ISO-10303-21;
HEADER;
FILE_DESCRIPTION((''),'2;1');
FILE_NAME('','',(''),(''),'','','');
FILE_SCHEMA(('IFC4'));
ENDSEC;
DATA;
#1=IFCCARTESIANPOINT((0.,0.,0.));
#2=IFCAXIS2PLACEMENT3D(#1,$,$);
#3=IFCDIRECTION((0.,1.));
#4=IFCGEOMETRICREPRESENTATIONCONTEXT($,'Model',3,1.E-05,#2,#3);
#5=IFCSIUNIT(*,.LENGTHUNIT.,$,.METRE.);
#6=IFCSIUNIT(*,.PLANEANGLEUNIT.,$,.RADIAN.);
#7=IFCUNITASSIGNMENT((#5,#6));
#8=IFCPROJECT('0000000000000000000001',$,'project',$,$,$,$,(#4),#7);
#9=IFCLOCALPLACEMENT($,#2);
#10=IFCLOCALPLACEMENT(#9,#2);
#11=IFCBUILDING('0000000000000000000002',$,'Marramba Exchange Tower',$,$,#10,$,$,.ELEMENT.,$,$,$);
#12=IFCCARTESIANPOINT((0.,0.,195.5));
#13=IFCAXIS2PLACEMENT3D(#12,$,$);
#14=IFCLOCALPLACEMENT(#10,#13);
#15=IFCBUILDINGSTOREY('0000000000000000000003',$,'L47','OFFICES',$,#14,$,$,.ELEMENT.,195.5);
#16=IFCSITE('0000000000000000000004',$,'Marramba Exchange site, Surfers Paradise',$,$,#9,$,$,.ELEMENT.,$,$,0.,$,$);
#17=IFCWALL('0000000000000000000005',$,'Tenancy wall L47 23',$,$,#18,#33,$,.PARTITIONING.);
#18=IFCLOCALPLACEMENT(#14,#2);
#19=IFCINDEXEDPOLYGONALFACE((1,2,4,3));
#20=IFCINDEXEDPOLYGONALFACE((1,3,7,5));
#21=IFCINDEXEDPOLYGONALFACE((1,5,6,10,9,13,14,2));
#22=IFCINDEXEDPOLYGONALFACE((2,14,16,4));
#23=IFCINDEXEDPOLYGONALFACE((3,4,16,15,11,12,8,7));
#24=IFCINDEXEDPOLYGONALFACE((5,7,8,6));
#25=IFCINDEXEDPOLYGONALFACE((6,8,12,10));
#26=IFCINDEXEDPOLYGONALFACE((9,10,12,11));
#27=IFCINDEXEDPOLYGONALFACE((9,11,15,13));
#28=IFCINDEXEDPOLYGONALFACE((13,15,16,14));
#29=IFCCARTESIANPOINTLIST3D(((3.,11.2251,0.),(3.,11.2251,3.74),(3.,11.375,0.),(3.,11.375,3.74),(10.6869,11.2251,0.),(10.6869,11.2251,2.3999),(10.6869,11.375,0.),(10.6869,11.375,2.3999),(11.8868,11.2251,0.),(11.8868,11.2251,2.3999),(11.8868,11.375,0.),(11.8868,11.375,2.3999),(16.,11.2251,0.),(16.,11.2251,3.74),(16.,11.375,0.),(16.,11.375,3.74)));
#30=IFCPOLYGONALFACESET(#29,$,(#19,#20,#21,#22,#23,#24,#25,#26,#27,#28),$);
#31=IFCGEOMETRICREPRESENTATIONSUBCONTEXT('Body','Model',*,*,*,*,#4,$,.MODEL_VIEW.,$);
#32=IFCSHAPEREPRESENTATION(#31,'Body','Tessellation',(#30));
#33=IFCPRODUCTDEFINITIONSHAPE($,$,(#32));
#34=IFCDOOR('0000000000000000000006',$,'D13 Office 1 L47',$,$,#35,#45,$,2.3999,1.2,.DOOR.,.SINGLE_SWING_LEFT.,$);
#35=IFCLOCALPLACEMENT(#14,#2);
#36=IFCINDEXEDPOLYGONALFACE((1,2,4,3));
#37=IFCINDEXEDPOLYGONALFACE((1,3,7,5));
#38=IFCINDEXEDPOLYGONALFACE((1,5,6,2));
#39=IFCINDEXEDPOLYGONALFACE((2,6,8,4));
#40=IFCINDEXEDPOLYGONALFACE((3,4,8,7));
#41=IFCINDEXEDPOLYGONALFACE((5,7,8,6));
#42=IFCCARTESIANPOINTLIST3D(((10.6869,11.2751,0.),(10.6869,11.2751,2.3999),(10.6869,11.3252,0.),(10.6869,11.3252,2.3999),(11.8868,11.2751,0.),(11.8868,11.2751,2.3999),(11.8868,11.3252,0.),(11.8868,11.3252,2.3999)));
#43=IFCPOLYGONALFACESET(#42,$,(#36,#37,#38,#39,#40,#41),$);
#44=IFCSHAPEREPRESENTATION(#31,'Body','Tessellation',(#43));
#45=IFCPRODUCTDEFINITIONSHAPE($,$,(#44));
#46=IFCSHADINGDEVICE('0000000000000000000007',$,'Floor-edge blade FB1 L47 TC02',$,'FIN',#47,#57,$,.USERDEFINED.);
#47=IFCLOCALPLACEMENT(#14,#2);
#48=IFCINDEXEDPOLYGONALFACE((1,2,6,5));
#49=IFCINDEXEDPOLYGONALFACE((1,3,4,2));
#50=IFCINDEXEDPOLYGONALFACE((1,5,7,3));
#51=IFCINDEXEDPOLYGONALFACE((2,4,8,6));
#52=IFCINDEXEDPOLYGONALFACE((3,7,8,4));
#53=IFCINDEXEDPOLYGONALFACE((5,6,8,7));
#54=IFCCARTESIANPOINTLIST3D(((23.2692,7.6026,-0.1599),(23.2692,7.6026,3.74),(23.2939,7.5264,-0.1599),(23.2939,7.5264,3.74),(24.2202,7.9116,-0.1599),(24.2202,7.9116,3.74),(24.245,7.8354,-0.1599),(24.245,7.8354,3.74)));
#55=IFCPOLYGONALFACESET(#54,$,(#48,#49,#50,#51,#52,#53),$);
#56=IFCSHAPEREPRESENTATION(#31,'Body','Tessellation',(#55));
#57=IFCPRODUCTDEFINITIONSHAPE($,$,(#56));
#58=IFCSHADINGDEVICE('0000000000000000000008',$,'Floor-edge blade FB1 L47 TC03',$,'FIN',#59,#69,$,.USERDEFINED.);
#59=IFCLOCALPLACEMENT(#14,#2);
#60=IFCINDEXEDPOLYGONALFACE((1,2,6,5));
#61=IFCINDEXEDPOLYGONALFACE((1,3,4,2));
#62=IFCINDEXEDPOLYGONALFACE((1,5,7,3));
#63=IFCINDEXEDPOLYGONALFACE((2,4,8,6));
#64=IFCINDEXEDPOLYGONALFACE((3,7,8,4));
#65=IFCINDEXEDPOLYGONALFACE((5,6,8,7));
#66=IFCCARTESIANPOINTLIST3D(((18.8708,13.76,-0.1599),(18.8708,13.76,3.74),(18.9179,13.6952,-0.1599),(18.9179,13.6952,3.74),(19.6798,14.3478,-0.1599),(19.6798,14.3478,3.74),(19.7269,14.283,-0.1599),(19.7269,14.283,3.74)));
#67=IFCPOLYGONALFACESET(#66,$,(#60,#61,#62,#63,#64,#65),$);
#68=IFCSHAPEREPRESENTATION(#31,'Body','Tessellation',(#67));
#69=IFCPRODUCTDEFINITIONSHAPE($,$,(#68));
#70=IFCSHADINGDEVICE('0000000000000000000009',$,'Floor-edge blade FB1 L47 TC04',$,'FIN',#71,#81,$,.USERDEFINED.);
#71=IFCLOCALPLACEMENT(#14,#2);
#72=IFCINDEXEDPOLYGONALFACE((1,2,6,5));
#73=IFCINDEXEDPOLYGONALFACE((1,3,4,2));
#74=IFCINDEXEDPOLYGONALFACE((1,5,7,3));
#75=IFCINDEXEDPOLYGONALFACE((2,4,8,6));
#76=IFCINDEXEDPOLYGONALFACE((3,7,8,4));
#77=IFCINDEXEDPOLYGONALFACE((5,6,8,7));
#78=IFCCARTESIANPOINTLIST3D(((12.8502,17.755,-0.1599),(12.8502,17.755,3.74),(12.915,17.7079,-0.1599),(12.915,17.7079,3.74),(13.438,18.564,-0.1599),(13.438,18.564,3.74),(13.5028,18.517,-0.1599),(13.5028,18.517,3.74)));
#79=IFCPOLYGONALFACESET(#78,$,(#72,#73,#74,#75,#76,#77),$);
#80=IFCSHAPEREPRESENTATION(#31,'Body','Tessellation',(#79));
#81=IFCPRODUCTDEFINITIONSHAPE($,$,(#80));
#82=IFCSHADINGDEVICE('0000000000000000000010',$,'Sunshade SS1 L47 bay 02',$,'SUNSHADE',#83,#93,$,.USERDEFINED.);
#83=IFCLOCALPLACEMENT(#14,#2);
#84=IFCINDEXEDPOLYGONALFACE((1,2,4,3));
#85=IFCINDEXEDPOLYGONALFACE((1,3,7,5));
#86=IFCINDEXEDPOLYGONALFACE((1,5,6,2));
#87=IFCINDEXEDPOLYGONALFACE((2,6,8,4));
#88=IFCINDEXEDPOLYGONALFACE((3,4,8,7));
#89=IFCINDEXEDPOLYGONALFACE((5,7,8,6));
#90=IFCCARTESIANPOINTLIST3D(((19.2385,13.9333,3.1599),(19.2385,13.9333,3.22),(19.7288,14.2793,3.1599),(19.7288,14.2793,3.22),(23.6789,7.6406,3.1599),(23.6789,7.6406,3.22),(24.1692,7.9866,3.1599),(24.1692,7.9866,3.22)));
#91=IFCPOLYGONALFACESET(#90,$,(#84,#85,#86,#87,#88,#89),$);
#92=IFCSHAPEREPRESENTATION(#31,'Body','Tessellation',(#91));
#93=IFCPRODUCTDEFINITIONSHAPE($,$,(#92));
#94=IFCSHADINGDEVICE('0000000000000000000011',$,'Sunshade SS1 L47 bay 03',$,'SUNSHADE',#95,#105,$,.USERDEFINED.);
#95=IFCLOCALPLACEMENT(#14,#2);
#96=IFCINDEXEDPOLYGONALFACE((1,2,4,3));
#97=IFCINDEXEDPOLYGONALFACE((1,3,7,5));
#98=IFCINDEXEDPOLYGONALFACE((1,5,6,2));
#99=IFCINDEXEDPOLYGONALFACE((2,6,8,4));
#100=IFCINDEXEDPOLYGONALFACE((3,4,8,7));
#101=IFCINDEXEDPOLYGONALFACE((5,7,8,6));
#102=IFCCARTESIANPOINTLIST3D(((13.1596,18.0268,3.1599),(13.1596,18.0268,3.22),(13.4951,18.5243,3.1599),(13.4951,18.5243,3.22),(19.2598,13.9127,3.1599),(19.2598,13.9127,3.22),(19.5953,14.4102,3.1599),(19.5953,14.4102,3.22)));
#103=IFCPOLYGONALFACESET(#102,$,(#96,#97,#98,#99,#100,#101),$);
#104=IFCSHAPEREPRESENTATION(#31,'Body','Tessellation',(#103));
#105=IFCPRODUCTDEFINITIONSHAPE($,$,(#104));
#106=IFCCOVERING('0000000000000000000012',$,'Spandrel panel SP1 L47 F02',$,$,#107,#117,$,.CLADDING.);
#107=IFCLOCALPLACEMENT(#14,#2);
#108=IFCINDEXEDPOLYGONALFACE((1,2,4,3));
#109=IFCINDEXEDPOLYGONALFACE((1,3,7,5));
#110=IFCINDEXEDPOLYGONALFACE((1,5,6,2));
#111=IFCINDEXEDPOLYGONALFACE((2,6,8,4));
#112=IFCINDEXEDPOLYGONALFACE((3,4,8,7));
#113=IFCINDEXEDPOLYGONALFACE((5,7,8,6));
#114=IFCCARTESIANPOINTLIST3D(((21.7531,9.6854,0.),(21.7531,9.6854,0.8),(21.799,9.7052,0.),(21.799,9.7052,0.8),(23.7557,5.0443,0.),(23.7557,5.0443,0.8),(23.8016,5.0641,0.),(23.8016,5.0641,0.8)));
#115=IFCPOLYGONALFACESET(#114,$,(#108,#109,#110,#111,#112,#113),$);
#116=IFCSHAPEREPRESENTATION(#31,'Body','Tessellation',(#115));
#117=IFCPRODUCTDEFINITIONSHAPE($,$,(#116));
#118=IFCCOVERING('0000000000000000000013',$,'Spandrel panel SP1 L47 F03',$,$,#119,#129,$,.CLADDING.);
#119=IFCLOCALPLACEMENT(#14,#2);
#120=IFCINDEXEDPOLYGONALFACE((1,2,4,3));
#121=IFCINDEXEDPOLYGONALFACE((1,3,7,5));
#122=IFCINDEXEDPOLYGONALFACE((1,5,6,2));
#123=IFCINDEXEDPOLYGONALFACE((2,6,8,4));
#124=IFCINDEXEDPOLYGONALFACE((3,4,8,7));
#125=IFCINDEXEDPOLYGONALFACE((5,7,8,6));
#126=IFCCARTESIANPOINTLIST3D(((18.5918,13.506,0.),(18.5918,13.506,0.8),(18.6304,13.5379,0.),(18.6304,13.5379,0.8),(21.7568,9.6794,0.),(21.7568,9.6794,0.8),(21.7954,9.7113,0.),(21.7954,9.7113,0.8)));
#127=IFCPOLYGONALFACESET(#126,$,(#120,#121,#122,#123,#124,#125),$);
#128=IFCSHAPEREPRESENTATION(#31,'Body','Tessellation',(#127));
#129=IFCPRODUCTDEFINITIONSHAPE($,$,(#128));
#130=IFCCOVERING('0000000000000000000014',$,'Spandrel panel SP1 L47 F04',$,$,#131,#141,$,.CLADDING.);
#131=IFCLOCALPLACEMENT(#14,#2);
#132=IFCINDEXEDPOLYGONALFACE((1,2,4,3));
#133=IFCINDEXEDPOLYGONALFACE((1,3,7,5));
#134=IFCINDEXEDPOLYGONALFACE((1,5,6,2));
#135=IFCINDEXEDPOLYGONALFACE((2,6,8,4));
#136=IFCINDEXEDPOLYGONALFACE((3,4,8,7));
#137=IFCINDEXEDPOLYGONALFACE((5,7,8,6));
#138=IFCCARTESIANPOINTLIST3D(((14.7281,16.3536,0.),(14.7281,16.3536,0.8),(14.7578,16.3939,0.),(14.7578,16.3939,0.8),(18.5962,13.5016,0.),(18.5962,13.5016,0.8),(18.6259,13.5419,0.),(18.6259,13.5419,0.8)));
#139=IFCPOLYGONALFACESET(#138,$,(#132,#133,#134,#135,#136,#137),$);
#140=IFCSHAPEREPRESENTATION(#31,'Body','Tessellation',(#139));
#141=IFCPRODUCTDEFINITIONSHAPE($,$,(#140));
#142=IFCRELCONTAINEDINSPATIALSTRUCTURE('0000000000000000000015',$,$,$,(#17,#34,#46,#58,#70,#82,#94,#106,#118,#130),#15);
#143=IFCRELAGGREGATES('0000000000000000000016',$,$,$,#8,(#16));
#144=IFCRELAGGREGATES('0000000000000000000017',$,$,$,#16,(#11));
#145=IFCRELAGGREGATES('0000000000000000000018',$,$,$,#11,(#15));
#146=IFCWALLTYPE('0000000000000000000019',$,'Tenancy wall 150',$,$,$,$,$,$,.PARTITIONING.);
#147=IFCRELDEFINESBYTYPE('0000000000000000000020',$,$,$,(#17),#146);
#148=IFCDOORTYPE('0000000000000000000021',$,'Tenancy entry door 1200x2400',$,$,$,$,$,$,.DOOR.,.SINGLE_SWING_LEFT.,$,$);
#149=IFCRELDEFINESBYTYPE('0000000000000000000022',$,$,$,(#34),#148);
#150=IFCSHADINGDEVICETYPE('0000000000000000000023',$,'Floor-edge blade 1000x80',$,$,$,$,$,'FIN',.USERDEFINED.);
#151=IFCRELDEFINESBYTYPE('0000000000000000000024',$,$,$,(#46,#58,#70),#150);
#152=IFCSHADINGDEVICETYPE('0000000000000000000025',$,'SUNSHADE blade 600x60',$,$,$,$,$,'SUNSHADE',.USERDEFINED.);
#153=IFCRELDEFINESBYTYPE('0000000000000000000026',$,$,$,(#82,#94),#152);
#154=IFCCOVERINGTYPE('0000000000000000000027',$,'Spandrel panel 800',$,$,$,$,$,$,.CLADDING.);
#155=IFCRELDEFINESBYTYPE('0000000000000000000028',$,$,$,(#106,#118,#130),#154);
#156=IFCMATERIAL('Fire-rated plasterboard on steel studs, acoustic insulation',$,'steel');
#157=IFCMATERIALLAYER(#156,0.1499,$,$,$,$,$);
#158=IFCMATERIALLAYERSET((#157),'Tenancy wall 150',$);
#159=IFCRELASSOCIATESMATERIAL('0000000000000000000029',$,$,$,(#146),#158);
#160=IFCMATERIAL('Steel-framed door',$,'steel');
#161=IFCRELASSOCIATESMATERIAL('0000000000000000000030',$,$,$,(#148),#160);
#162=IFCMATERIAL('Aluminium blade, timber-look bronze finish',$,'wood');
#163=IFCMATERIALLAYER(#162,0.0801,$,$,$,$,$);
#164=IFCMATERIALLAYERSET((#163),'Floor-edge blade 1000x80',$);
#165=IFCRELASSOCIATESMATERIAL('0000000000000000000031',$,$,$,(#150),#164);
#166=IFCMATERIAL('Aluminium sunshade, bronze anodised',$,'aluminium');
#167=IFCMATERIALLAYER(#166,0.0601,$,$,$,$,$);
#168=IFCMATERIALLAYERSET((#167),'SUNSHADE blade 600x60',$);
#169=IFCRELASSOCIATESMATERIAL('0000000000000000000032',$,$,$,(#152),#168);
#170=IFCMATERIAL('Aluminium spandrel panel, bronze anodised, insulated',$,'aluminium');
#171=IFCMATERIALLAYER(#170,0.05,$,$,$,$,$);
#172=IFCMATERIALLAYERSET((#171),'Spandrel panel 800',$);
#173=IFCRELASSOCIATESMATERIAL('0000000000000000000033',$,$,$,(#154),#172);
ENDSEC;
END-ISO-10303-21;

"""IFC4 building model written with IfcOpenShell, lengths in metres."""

from ifc_helpers import new_model, si_unit, direction, frame, frame_2d, origin, origin_2d, place, context, subcontext, project, spatial, rectangle, extrude, material, layer, layer_set, type_object, element, fill, save


model = new_model("IFC4")

# Units and contexts
model_context = context("Model", 3, precision=1e-05, world=origin(), true_north=direction((0.0, 1.0)))
body_context = subcontext(model_context, "Body", "Model", "MODEL_VIEW")
ifc_project = project(units=[si_unit("LENGTHUNIT", "METRE"), si_unit("PLANEANGLEUNIT", "RADIAN")], contexts=[model_context])

# Site, building, storey
site_placement = place(None, origin())
site = spatial("IfcSite", under=ifc_project, at=site_placement, Name="Marramba Exchange site, Surfers Paradise", CompositionType="ELEMENT", RefElevation=0.0)
building_placement = place(site_placement, origin())
building = spatial("IfcBuilding", under=site, at=building_placement, Name="Marramba Exchange Tower", CompositionType="ELEMENT")
storey_placement = place(building_placement, frame((0.0, 0.0, 195.5)))
storey = spatial("IfcBuildingStorey", under=building, at=storey_placement, Name="L47", Description="OFFICES", CompositionType="ELEMENT", Elevation=195.5)

# Shared definitions
ifc_material_1 = material(Name="Steel-framed door", Category="steel")

# Wall, opening, door
ifc_material_2 = material(Name="Fire-rated plasterboard on steel studs, acoustic insulation", Category="steel")
ifc_layer_1 = layer(ifc_material_2, 0.1499)
ifc_layer_set_1 = layer_set([ifc_layer_1], Name="Tenancy wall 150")
wall_type_1 = type_object("IfcWallType", Name="Tenancy wall 150", PredefinedType="PARTITIONING", material=ifc_layer_set_1)
wall_1_placement = place(storey_placement, frame((16.0, 11.3, 0.0), z_axis=(0.0, 0.0, 1.0), x_axis=(-1.0, 0.0, 0.0)))
wall_1 = element("IfcWall", 1, at=wall_1_placement, inside=storey, type_object=wall_type_1, Name="Tenancy wall L47 23", PredefinedType="PARTITIONING", context=body_context, shape_type="SweptSolid", body=[
    extrude(rectangle(XDim=13.0, YDim=0.1499, at=frame_2d((6.5, 0.0))), origin(), (0.0, 0.0, 1.0), 3.74),
])
opening_1_placement = place(wall_1_placement, frame((4.113, 0.0, 0.0)))
opening_1 = element("IfcOpeningElement", 2, at=opening_1_placement, cuts=wall_1, PredefinedType="OPENING", context=body_context, shape_type="SweptSolid", body=[
    extrude(rectangle(XDim=1.2, YDim=2.3999, at=frame_2d((0.6001, 1.2))), frame((0.0, 0.085, 0.0), z_axis=(0.0, -1.0, 0.0), x_axis=(1.0, 0.0, 0.0)), (0.0, 0.0, 1.0), 0.1699),
])
door_type_1 = type_object("IfcDoorType", Name="Tenancy entry door 1200x2400", OperationType="SINGLE_SWING_LEFT", PredefinedType="DOOR", material=ifc_material_1)
door_1_placement = place(opening_1_placement, origin())
door_1 = element("IfcDoor", 3, at=door_1_placement, inside=storey, type_object=door_type_1, Name="D13 Office 1 L47", OperationType="SINGLE_SWING_LEFT", OverallHeight=2.3999, OverallWidth=1.2, PredefinedType="DOOR", context=body_context, shape_type="SweptSolid", body=[
    extrude(rectangle(XDim=1.2, YDim=2.3999, at=frame_2d((0.6001, 1.2))), frame((0.0, 0.0249, 0.0), z_axis=(0.0, -1.0, 0.0), x_axis=(1.0, 0.0, 0.0)), (0.0, 0.0, 1.0), 0.05),
])
fill(opening_1, door_1)

# Shading devices
ifc_material_3 = material(Name="Aluminium blade, timber-look bronze finish", Category="wood")
ifc_layer_2 = layer(ifc_material_3, 0.0801)
ifc_layer_set_2 = layer_set([ifc_layer_2], Name="Floor-edge blade 1000x80")
shading_device_type_1 = type_object("IfcShadingDeviceType", Name="Floor-edge blade 1000x80", ElementType="FIN", PredefinedType="USERDEFINED", material=ifc_layer_set_2)
for number, where, z_axis, x_axis, name in (
    (4, (23.7571, 7.719, -0.1599), (0.0, 0.0, 1.0), (0.951057, 0.309017, 0.0), "Floor-edge blade FB1 L47 TC02"),
    (5, (19.2988, 14.0215, -0.1599), (0.0, 0.0, 1.0), (0.809017, 0.587785, 0.0), "Floor-edge blade FB1 L47 TC03"),
    (6, (13.1765, 18.136, -0.1599), (0.0, 0.0, 1.0), (0.587785, 0.809017, 0.0), "Floor-edge blade FB1 L47 TC04"),
):
    element("IfcShadingDevice", number, at=place(storey_placement, frame(where, z_axis=z_axis, x_axis=x_axis)), inside=storey, type_object=shading_device_type_1, Name=name, ObjectType="FIN", PredefinedType="USERDEFINED", context=body_context, shape_type="SweptSolid", body=[
        extrude(rectangle(XDim=1.0, YDim=0.0801, at=origin_2d()), origin(), (0.0, 0.0, 1.0), 3.8999),
    ])
ifc_material_4 = material(Name="Aluminium sunshade, bronze anodised", Category="aluminium")
ifc_layer_3 = layer(ifc_material_4, 0.0601)
ifc_layer_set_3 = layer_set([ifc_layer_3], Name="SUNSHADE blade 600x60")
shading_device_type_2 = type_object("IfcShadingDeviceType", Name="SUNSHADE blade 600x60", ElementType="SUNSHADE", PredefinedType="USERDEFINED", material=ifc_layer_set_3)
shading_device_1_placement = place(storey_placement, frame((21.7039, 10.96, 3.1599), z_axis=(0.0, 0.0, 1.0), x_axis=(-0.576555, 0.817058, 0.0)))
element("IfcShadingDevice", 7, at=shading_device_1_placement, inside=storey, type_object=shading_device_type_2, Name="Sunshade SS1 L47 bay 02", ObjectType="SUNSHADE", PredefinedType="USERDEFINED", context=body_context, shape_type="SweptSolid", body=[
    extrude(rectangle(XDim=7.7017, YDim=0.6001, at=origin_2d()), origin(), (0.0, 0.0, 1.0), 0.0601),
])
shading_device_2_placement = place(storey_placement, frame((16.3774, 16.2185, 3.1599), z_axis=(0.0, 0.0, 1.0), x_axis=(-0.829071, 0.559143, 0.0)))
element("IfcShadingDevice", 8, at=shading_device_2_placement, inside=storey, type_object=shading_device_type_2, Name="Sunshade SS1 L47 bay 03", ObjectType="SUNSHADE", PredefinedType="USERDEFINED", context=body_context, shape_type="SweptSolid", body=[
    extrude(rectangle(XDim=7.3579, YDim=0.6001, at=origin_2d()), origin(), (0.0, 0.0, 1.0), 0.0601),
])

# Coverings
ifc_material_5 = material(Name="Aluminium spandrel panel, bronze anodised, insulated", Category="aluminium")
ifc_layer_4 = layer(ifc_material_5, 0.05)
ifc_layer_set_4 = layer_set([ifc_layer_4], Name="Spandrel panel 800")
covering_type = type_object("IfcCoveringType", Name="Spandrel panel 800", PredefinedType="CLADDING", material=ifc_layer_set_4)
covering_1_placement = place(storey_placement, frame((22.7773, 7.3748, 0.0), z_axis=(0.0, 0.0, 1.0), x_axis=(-0.396193, 0.918167, 0.0)))
element("IfcCovering", 9, at=covering_1_placement, inside=storey, type_object=covering_type, Name="Spandrel panel SP1 L47 F02", PredefinedType="CLADDING", context=body_context, shape_type="SweptSolid", body=[
    extrude(rectangle(XDim=5.0547, YDim=0.05, at=origin_2d()), origin(), (0.0, 0.0, 1.0), 0.8),
])
covering_2_placement = place(storey_placement, frame((20.1936, 11.6086, 0.0), z_axis=(0.0, 0.0, 1.0), x_axis=(-0.63735, 0.770574, 0.0)))
element("IfcCovering", 10, at=covering_2_placement, inside=storey, type_object=covering_type, Name="Spandrel panel SP1 L47 F03", PredefinedType="CLADDING", context=body_context, shape_type="SweptSolid", body=[
    extrude(rectangle(XDim=4.9658, YDim=0.05, at=origin_2d()), origin(), (0.0, 0.0, 1.0), 0.8),
])
covering_3_placement = place(storey_placement, frame((16.677, 14.9478, 0.0), z_axis=(0.0, 0.0, 1.0), x_axis=(-0.804877, 0.593441, 0.0)))
element("IfcCovering", 11, at=covering_3_placement, inside=storey, type_object=covering_type, Name="Spandrel panel SP1 L47 F04", PredefinedType="CLADDING", context=body_context, shape_type="SweptSolid", body=[
    extrude(rectangle(XDim=4.8059, YDim=0.05, at=origin_2d()), origin(), (0.0, 0.0, 1.0), 0.8),
])

save(model, "model.ifc")
